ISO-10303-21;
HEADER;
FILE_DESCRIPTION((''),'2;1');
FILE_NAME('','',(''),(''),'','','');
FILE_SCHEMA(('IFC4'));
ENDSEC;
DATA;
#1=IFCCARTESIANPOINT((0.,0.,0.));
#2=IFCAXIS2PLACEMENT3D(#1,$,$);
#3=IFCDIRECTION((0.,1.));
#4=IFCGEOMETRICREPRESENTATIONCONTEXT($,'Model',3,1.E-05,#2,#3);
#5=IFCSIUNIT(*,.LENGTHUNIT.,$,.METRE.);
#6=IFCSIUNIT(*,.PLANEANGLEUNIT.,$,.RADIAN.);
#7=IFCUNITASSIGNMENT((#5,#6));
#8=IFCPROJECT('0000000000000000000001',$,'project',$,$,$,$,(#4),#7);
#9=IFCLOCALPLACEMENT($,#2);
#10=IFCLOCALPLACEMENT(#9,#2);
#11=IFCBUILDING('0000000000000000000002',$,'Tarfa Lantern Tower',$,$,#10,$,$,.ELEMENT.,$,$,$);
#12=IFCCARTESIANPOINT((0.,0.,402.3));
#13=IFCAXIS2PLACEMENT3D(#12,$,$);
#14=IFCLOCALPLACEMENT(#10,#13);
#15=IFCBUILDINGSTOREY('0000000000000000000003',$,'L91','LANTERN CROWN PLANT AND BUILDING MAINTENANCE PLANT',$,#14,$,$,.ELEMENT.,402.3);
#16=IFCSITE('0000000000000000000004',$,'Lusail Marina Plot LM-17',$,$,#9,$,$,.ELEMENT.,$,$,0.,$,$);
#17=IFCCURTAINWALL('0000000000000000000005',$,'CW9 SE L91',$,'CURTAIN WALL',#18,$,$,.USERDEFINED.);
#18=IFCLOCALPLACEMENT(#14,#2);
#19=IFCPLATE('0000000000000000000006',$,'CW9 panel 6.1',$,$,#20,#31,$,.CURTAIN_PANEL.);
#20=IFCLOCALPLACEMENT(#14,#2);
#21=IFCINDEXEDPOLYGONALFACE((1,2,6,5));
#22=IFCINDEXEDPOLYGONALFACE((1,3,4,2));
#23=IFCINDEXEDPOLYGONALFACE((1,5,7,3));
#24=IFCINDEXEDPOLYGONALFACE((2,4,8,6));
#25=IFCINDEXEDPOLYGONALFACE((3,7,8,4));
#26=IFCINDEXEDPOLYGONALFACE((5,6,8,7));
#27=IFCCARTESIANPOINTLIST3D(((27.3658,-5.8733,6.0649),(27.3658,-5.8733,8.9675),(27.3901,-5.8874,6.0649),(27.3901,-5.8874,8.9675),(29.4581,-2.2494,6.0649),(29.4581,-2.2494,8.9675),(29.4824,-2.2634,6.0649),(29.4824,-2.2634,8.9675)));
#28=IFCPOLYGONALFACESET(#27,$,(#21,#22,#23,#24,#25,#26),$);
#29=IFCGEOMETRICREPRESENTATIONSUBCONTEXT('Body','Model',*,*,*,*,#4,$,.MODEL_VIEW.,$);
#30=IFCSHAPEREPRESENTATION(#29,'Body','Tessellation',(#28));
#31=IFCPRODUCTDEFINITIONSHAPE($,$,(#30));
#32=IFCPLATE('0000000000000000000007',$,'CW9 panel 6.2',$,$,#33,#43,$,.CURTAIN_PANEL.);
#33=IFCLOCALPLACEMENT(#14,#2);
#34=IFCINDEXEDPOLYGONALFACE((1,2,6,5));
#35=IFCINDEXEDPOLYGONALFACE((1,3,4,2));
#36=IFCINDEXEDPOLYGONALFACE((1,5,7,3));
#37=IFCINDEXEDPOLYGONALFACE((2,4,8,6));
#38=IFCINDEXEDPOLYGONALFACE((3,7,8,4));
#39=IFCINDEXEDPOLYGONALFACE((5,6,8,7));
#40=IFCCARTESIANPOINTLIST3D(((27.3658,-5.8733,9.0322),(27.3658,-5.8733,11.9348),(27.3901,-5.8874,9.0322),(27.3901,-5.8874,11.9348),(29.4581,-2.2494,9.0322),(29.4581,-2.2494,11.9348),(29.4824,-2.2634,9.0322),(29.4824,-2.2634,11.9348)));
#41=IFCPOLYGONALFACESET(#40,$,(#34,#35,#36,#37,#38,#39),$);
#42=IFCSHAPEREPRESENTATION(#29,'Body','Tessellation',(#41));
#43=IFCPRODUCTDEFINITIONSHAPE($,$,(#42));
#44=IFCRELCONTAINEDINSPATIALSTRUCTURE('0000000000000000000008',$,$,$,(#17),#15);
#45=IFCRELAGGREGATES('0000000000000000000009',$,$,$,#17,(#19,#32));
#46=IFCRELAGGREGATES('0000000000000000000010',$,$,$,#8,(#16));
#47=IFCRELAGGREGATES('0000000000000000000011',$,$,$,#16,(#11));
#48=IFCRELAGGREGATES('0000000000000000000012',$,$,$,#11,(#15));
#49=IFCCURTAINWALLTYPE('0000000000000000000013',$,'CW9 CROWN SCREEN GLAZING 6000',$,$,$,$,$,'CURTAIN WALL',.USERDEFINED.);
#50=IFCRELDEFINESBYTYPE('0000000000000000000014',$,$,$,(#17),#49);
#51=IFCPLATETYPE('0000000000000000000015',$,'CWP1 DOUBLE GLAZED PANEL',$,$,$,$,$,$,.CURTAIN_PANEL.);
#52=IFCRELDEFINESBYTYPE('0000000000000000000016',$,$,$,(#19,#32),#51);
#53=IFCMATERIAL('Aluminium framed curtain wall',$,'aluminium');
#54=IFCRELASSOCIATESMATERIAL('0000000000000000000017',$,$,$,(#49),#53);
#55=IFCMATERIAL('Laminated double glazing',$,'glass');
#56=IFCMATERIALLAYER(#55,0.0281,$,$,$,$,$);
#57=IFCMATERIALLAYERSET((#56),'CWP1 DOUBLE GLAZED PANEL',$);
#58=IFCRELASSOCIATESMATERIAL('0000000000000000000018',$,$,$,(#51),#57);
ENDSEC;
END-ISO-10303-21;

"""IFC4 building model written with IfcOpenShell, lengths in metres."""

from ifc_helpers import new_model, si_unit, direction, frame, origin, origin_2d, place, context, subcontext, project, spatial, rectangle, extrude, material, layer, layer_set, type_object, element, aggregate, save


model = new_model("IFC4")

# Units and contexts
model_context = context("Model", 3, precision=1e-05, world=origin(), true_north=direction((0.0, 1.0)))
body_context = subcontext(model_context, "Body", "Model", "MODEL_VIEW")
ifc_project = project(units=[si_unit("LENGTHUNIT", "METRE"), si_unit("PLANEANGLEUNIT", "RADIAN")], contexts=[model_context])

# Site, building, storey
site_placement = place(None, origin())
site = spatial("IfcSite", under=ifc_project, at=site_placement, Name="Lusail Marina Plot LM-17", CompositionType="ELEMENT", RefElevation=0.0)
building_placement = place(site_placement, origin())
building = spatial("IfcBuilding", under=site, at=building_placement, Name="Tarfa Lantern Tower", CompositionType="ELEMENT")
storey_placement = place(building_placement, frame((0.0, 0.0, 402.3)))
storey = spatial("IfcBuildingStorey", under=building, at=storey_placement, Name="L91", Description="LANTERN CROWN PLANT AND BUILDING MAINTENANCE PLANT", CompositionType="ELEMENT", Elevation=402.3)

# Curtain wall
ifc_material_1 = material(Name="Aluminium framed curtain wall", Category="aluminium")
curtain_wall_type_1 = type_object("IfcCurtainWallType", Name="CW9 CROWN SCREEN GLAZING 6000", ElementType="CURTAIN WALL", PredefinedType="USERDEFINED", material=ifc_material_1)
curtain_wall_1_placement = place(storey_placement, origin())
curtain_wall_1 = element("IfcCurtainWall", 1, at=curtain_wall_1_placement, inside=storey, type_object=curtain_wall_type_1, Name="CW9 SE L91", ObjectType="CURTAIN WALL", PredefinedType="USERDEFINED")

# Shared definitions
ifc_material_2 = material(Name="Laminated double glazing", Category="glass")
ifc_layer = layer(ifc_material_2, 0.0281)
ifc_layer_set = layer_set([ifc_layer], Name="CWP1 DOUBLE GLAZED PANEL")
plate_type = type_object("IfcPlateType", Name="CWP1 DOUBLE GLAZED PANEL", PredefinedType="CURTAIN_PANEL", material=ifc_layer_set)

# Plates
plate_1_placement = place(storey_placement, frame((28.4241, -4.0684, 6.0649), z_axis=(0.0, 0.0, 1.0), x_axis=(0.5, 0.866025, 0.0)))
plate_1 = element("IfcPlate", 2, at=plate_1_placement, type_object=plate_type, Name="CW9 panel 6.1", PredefinedType="CURTAIN_PANEL", context=body_context, shape_type="SweptSolid", body=[
    extrude(rectangle(XDim=4.1846, YDim=0.0281, at=origin_2d()), origin(), (0.0, 0.0, 1.0), 2.9026),
])
plate_2_placement = place(storey_placement, frame((28.4241, -4.0684, 9.0322), z_axis=(0.0, 0.0, 1.0), x_axis=(0.5, 0.866025, 0.0)))
plate_2 = element("IfcPlate", 3, at=plate_2_placement, type_object=plate_type, Name="CW9 panel 6.2", PredefinedType="CURTAIN_PANEL", context=body_context, shape_type="SweptSolid", body=[
    extrude(rectangle(XDim=4.1846, YDim=0.0281, at=origin_2d()), origin(), (0.0, 0.0, 1.0), 2.9026),
])
aggregate(curtain_wall_1, [plate_1, plate_2])

save(model, "model.ifc")
